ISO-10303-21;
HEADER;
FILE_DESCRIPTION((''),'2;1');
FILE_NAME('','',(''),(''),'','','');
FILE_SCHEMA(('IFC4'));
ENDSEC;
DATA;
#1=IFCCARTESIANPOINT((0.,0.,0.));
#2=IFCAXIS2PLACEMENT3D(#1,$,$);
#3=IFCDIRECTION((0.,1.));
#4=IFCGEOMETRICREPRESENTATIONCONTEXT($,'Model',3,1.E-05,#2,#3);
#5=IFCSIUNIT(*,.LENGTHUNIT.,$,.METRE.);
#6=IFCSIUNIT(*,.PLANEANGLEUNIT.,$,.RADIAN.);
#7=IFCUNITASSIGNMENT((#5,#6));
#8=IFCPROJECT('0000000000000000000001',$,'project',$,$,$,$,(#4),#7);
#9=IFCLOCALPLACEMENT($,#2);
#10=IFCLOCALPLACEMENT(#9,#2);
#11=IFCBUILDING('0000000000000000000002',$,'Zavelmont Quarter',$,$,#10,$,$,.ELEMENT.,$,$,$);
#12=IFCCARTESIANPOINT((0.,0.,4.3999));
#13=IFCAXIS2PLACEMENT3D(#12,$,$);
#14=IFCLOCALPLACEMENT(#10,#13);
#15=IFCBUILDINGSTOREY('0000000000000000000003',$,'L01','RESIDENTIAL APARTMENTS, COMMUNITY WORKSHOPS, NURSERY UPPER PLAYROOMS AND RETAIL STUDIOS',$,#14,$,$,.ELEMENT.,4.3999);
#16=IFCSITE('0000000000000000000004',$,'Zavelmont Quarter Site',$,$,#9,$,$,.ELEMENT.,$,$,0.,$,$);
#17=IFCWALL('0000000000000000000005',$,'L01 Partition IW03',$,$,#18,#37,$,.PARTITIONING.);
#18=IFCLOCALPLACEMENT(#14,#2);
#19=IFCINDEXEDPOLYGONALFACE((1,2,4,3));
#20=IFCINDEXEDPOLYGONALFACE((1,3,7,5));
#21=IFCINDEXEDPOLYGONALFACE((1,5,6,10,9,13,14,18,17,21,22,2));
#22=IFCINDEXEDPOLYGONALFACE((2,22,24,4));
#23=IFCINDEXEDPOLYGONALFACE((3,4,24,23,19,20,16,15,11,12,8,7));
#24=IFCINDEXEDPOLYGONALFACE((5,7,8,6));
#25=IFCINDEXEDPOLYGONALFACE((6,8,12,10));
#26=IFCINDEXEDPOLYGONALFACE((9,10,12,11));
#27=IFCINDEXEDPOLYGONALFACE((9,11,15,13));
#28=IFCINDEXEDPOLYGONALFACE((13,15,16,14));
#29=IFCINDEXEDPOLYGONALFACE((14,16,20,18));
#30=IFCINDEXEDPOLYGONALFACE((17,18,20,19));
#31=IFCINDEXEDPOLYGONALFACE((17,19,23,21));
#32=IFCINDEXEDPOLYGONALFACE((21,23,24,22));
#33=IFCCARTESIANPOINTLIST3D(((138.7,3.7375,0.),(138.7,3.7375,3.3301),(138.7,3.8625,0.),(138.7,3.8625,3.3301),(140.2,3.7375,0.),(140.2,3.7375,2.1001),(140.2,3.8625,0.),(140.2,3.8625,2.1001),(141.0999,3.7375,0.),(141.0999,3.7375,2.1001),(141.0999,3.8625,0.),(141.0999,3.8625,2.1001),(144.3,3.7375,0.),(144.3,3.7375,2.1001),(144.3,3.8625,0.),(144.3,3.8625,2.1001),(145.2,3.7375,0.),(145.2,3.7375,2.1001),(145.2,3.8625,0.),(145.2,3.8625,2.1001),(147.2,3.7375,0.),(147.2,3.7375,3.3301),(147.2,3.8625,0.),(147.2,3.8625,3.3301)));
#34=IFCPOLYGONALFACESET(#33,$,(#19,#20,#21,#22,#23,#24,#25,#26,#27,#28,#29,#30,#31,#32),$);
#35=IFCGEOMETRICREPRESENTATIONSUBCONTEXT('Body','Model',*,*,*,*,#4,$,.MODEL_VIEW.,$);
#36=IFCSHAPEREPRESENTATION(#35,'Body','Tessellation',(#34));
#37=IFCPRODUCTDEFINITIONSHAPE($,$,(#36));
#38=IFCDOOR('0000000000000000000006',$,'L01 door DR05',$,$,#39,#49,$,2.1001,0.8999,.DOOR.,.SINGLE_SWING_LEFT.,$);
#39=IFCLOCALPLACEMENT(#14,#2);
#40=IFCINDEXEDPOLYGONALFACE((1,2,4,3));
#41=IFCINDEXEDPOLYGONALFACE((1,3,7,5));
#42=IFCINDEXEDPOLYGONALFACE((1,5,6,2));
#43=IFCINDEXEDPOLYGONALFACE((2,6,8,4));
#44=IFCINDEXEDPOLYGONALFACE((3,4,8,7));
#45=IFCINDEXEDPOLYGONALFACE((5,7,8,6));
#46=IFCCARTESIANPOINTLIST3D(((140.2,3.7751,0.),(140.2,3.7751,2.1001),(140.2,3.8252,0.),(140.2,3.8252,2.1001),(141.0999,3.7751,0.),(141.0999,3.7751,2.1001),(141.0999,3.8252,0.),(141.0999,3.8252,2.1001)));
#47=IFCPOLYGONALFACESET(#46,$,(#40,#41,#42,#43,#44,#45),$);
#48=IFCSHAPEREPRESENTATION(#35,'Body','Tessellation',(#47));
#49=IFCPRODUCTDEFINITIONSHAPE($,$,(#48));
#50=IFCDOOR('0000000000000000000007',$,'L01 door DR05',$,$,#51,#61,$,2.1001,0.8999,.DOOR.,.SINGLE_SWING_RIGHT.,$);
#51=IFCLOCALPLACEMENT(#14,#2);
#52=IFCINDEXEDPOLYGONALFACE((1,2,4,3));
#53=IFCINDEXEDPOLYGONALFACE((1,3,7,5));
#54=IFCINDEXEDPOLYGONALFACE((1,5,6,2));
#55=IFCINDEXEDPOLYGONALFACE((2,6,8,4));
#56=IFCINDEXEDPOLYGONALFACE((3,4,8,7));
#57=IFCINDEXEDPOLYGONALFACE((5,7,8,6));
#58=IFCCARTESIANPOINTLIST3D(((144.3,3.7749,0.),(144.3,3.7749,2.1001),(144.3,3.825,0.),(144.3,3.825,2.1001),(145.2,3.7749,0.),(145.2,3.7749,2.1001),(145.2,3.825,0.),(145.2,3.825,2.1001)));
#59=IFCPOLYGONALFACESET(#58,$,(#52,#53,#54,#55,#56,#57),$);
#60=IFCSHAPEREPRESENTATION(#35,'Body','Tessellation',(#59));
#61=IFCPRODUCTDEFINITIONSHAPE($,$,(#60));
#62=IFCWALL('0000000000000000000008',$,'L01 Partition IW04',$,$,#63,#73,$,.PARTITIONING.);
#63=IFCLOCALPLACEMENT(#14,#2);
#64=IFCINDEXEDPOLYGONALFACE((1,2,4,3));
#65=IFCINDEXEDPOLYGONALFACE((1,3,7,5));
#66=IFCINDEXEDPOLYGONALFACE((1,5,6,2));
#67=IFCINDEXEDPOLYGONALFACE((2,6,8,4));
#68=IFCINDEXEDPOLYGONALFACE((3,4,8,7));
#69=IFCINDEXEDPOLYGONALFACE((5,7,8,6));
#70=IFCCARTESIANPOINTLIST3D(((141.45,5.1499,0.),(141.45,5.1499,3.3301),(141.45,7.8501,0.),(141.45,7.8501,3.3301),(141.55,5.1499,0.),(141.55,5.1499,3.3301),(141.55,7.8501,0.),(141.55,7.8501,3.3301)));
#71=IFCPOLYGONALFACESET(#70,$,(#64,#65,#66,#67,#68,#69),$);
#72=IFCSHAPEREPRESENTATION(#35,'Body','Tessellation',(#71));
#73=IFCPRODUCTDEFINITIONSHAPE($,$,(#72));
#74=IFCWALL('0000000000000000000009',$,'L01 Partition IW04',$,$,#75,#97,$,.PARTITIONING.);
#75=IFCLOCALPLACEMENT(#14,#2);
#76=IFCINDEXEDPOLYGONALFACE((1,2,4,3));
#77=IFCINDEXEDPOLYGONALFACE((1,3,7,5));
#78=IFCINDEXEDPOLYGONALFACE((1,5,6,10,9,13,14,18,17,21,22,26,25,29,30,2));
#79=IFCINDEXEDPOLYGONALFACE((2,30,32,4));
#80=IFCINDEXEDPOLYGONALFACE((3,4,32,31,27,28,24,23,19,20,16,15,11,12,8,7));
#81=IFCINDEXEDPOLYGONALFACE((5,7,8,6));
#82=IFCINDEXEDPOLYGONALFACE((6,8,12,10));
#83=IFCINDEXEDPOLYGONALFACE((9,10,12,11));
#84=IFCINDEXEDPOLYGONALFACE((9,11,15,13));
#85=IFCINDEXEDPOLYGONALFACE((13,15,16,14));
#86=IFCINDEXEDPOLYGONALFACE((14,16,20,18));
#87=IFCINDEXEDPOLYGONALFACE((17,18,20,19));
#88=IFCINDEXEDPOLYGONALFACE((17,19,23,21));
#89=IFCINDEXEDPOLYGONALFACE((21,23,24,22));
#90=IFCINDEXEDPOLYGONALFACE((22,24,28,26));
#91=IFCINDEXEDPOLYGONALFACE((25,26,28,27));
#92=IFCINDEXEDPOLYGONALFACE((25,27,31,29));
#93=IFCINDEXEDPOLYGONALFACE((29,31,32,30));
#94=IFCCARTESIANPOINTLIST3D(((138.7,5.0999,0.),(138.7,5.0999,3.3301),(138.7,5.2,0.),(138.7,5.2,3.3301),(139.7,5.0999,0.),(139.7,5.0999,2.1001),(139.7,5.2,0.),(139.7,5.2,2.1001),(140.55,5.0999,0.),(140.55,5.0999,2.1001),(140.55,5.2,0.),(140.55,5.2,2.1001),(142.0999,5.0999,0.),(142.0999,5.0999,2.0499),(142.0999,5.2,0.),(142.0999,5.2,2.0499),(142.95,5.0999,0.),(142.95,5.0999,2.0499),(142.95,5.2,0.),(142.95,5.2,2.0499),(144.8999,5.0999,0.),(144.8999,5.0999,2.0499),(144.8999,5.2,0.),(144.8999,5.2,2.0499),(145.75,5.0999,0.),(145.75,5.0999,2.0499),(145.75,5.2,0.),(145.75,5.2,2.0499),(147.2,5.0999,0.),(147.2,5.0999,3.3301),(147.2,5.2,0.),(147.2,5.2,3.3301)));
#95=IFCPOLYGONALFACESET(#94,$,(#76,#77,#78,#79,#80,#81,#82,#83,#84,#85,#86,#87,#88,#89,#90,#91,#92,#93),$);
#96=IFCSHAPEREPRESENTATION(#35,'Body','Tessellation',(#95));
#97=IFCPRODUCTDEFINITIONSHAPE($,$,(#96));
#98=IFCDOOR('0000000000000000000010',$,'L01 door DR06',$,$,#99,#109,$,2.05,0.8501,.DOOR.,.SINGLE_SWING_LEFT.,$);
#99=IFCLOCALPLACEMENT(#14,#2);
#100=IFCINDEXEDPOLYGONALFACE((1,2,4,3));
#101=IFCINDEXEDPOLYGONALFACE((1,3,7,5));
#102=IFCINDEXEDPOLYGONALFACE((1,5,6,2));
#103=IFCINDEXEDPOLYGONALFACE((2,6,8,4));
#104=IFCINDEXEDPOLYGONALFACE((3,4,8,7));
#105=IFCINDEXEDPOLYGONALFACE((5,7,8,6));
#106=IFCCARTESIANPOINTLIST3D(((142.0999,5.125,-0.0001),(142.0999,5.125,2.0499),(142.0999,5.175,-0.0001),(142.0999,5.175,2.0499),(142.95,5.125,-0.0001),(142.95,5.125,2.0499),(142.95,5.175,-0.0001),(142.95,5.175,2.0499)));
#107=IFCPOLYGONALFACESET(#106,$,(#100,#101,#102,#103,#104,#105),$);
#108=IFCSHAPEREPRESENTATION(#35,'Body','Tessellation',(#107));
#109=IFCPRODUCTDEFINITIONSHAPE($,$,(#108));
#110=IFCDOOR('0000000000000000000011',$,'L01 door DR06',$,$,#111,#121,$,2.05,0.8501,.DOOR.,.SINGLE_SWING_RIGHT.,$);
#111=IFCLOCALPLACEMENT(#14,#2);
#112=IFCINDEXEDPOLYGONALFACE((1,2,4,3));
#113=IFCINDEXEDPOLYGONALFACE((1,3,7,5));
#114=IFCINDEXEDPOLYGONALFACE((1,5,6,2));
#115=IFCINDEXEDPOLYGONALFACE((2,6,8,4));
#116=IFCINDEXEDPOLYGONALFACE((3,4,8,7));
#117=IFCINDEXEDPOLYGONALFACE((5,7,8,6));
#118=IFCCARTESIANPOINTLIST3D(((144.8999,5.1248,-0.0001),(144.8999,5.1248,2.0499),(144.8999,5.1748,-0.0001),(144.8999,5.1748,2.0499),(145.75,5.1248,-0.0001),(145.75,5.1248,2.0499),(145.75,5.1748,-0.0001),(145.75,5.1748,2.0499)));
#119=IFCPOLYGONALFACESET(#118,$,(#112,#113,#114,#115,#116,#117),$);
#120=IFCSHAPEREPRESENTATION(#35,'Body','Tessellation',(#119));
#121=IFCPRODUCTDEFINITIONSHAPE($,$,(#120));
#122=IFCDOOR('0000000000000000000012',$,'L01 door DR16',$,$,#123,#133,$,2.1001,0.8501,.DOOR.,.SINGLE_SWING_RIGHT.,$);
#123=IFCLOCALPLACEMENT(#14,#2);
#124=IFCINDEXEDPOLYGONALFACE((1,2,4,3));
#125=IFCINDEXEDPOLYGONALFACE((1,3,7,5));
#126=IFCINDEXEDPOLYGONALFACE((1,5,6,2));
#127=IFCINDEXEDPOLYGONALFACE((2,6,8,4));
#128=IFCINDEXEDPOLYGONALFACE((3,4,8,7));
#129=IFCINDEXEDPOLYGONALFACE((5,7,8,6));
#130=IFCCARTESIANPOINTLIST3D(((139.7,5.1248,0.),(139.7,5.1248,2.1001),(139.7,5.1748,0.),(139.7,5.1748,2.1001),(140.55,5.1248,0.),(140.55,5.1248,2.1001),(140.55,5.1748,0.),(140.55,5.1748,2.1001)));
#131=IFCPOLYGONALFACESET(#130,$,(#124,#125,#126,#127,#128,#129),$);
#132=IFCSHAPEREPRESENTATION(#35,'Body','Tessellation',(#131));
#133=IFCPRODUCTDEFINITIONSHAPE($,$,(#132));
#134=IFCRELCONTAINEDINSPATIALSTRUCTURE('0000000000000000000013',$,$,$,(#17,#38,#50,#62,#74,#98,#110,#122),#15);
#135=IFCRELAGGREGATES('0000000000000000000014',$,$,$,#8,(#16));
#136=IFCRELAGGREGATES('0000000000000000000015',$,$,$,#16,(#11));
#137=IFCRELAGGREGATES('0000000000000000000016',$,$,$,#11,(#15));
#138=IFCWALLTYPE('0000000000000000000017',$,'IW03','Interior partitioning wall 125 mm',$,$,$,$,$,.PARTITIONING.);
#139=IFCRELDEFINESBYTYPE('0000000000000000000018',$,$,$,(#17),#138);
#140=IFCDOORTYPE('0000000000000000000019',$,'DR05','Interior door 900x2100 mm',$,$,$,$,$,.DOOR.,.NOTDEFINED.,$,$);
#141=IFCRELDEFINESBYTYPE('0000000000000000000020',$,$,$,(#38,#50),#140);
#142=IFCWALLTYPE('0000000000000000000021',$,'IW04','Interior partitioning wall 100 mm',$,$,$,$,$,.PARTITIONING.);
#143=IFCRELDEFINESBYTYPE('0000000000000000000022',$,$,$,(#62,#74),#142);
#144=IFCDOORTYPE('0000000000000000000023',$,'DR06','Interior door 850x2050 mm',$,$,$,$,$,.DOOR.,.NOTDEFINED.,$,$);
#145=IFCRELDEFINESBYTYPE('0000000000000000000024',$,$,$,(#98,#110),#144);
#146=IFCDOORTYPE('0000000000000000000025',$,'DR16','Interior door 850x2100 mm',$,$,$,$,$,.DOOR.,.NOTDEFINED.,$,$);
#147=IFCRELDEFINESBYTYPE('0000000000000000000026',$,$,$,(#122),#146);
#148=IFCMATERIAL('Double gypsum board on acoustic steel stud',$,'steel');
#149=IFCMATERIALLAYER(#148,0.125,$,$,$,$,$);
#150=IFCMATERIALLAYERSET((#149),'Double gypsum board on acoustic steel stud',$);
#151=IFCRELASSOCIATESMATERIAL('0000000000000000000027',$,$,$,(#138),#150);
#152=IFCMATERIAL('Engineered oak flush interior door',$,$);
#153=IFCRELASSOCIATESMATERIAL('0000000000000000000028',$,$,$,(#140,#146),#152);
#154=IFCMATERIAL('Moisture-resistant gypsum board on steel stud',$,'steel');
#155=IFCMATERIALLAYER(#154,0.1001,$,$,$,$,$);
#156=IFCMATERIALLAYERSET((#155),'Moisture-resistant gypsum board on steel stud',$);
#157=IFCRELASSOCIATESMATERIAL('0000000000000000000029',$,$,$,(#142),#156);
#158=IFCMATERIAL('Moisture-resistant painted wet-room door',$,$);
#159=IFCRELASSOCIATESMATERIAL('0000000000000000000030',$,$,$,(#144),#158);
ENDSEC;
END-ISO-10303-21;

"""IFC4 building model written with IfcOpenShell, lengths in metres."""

from ifc_helpers import new_model, si_unit, direction, frame, frame_2d, origin, origin_with_axes, place, context, subcontext, project, spatial, rectangle, extrude, material, layer, layer_set, type_object, element, fill, save


model = new_model("IFC4")

# Units and contexts
model_context = context("Model", 3, precision=1e-05, world=origin(), true_north=direction((0.0, 1.0)))
body_context = subcontext(model_context, "Body", "Model", "MODEL_VIEW")
ifc_project = project(units=[si_unit("LENGTHUNIT", "METRE"), si_unit("PLANEANGLEUNIT", "RADIAN")], contexts=[model_context])

# Site, building, storey
site_placement = place(None, origin())
site = spatial("IfcSite", under=ifc_project, at=site_placement, Name="Zavelmont Quarter Site", CompositionType="ELEMENT", RefElevation=0.0)
building_placement = place(site_placement, origin())
building = spatial("IfcBuilding", under=site, at=building_placement, Name="Zavelmont Quarter", CompositionType="ELEMENT")
storey_placement = place(building_placement, frame((0.0, 0.0, 4.3999)))
storey = spatial("IfcBuildingStorey", under=building, at=storey_placement, Name="L01", Description="RESIDENTIAL APARTMENTS, COMMUNITY WORKSHOPS, NURSERY UPPER PLAYROOMS AND RETAIL STUDIOS", CompositionType="ELEMENT", Elevation=4.3999)

# Shared definitions
ifc_material_1 = material(Name="Double gypsum board on acoustic steel stud", Category="steel")
ifc_layer_1 = layer(ifc_material_1, 0.125)
ifc_layer_set_1 = layer_set([ifc_layer_1], Name="Double gypsum board on acoustic steel stud")
wall_type_1 = type_object("IfcWallType", Name="IW03", Description="Interior partitioning wall 125 mm", PredefinedType="PARTITIONING", material=ifc_layer_set_1)
ifc_material_2 = material(Name="Engineered oak flush interior door")
door_type_1 = type_object("IfcDoorType", Name="DR05", Description="Interior door 900x2100 mm", OperationType="NOTDEFINED", PredefinedType="DOOR", material=ifc_material_2)

# Wall, openings, doors
wall_1_placement = place(storey_placement, frame((138.7, 3.8, 0.0), z_axis=(0.0, 0.0, 1.0), x_axis=(1.0, 0.0, 0.0)))
wall_1 = element("IfcWall", 1, at=wall_1_placement, inside=storey, type_object=wall_type_1, Name="L01 Partition IW03", PredefinedType="PARTITIONING", context=body_context, shape_type="SweptSolid", body=[
    extrude(rectangle(XDim=8.5, YDim=0.125, at=frame_2d((4.25, 0.0))), origin(), (0.0, 0.0, 1.0), 3.3301),
])
opening_1_placement = place(wall_1_placement, frame((1.5, 0.0, 0.0)))
opening_1 = element("IfcOpeningElement", 2, at=opening_1_placement, cuts=wall_1, PredefinedType="OPENING", context=body_context, shape_type="SweptSolid", body=[
    extrude(rectangle(XDim=0.8999, YDim=2.1001, at=frame_2d((0.45, 1.05))), frame((0.0, 0.0745, 0.0), z_axis=(0.0, -1.0, 0.0), x_axis=(1.0, 0.0, 0.0)), (0.0, 0.0, 1.0), 0.1489),
])
opening_2_placement = place(wall_1_placement, frame((5.6001, 0.0, 0.0)))
opening_2 = element("IfcOpeningElement", 3, at=opening_2_placement, cuts=wall_1, PredefinedType="OPENING", context=body_context, shape_type="SweptSolid", body=[
    extrude(rectangle(XDim=0.8999, YDim=2.1001, at=frame_2d((0.45, 1.05))), frame((0.0, 0.0745, 0.0), z_axis=(0.0, -1.0, 0.0), x_axis=(1.0, 0.0, 0.0)), (0.0, 0.0, 1.0), 0.1489),
])
door_1_placement = place(opening_1_placement, frame((0.8999, 0.0, 0.0), z_axis=(0.0, 0.0, 1.0), x_axis=(-1.0, 0.0, 0.0)))
door_1 = element("IfcDoor", 4, at=door_1_placement, inside=storey, type_object=door_type_1, Name="L01 door DR05", OperationType="SINGLE_SWING_LEFT", OverallHeight=2.1001, OverallWidth=0.8999, PredefinedType="DOOR", context=body_context, shape_type="SweptSolid", body=[
    extrude(rectangle(XDim=0.8999, YDim=2.1001, at=frame_2d((0.45, 1.05))), frame((0.0, 0.0249, 0.0), z_axis=(0.0, -1.0, 0.0), x_axis=(1.0, 0.0, 0.0)), (0.0, 0.0, 1.0), 0.05),
])
fill(opening_1, door_1)
door_2_placement = place(opening_2_placement, origin_with_axes())
door_2 = element("IfcDoor", 5, at=door_2_placement, inside=storey, type_object=door_type_1, Name="L01 door DR05", OperationType="SINGLE_SWING_RIGHT", OverallHeight=2.1001, OverallWidth=0.8999, PredefinedType="DOOR", context=body_context, shape_type="SweptSolid", body=[
    extrude(rectangle(XDim=0.8999, YDim=2.1001, at=frame_2d((0.45, 1.05))), frame((0.0, 0.0249, 0.0), z_axis=(0.0, -1.0, 0.0), x_axis=(1.0, 0.0, 0.0)), (0.0, 0.0, 1.0), 0.05),
])
fill(opening_2, door_2)

# Wall
ifc_material_3 = material(Name="Moisture-resistant gypsum board on steel stud", Category="steel")
ifc_layer_2 = layer(ifc_material_3, 0.1001)
ifc_layer_set_2 = layer_set([ifc_layer_2], Name="Moisture-resistant gypsum board on steel stud")
wall_type_2 = type_object("IfcWallType", Name="IW04", Description="Interior partitioning wall 100 mm", PredefinedType="PARTITIONING", material=ifc_layer_set_2)
wall_2_placement = place(storey_placement, frame((141.5, 7.8501, 0.0), z_axis=(0.0, 0.0, 1.0), x_axis=(0.0, -1.0, 0.0)))
element("IfcWall", 6, at=wall_2_placement, inside=storey, type_object=wall_type_2, Name="L01 Partition IW04", PredefinedType="PARTITIONING", context=body_context, shape_type="SweptSolid", body=[
    extrude(rectangle(XDim=2.7002, YDim=0.1001, at=frame_2d((1.3501, 0.0))), origin(), (0.0, 0.0, 1.0), 3.3301),
])

# Wall, openings, doors
wall_3_placement = place(storey_placement, frame((138.7, 5.1499, 0.0), z_axis=(0.0, 0.0, 1.0), x_axis=(1.0, 0.0, 0.0)))
wall_3 = element("IfcWall", 7, at=wall_3_placement, inside=storey, type_object=wall_type_2, Name="L01 Partition IW04", PredefinedType="PARTITIONING", context=body_context, shape_type="SweptSolid", body=[
    extrude(rectangle(XDim=8.5, YDim=0.1001, at=frame_2d((4.25, 0.0))), origin(), (0.0, 0.0, 1.0), 3.3301),
])
opening_3_placement = place(wall_3_placement, frame((1.0, 0.0, 0.0)))
opening_3 = element("IfcOpeningElement", 8, at=opening_3_placement, cuts=wall_3, PredefinedType="OPENING", context=body_context, shape_type="SweptSolid", body=[
    extrude(rectangle(XDim=0.8501, YDim=2.1001, at=frame_2d((0.425, 1.05))), frame((0.0, 0.062, 0.0), z_axis=(0.0, -1.0, 0.0), x_axis=(1.0, 0.0, 0.0)), (0.0, 0.0, 1.0), 0.124),
])
opening_4_placement = place(wall_3_placement, frame((3.3999, 0.0, 0.0)))
opening_4 = element("IfcOpeningElement", 9, at=opening_4_placement, cuts=wall_3, PredefinedType="OPENING", context=body_context, shape_type="SweptSolid", body=[
    extrude(rectangle(XDim=0.8501, YDim=2.05, at=frame_2d((0.425, 1.0249))), frame((0.0, 0.062, 0.0), z_axis=(0.0, -1.0, 0.0), x_axis=(1.0, 0.0, 0.0)), (0.0, 0.0, 1.0), 0.124),
])
opening_5_placement = place(wall_3_placement, frame((6.2, 0.0, 0.0)))
opening_5 = element("IfcOpeningElement", 10, at=opening_5_placement, cuts=wall_3, PredefinedType="OPENING", context=body_context, shape_type="SweptSolid", body=[
    extrude(rectangle(XDim=0.8501, YDim=2.05, at=frame_2d((0.425, 1.0249))), frame((0.0, 0.062, 0.0), z_axis=(0.0, -1.0, 0.0), x_axis=(1.0, 0.0, 0.0)), (0.0, 0.0, 1.0), 0.124),
])
ifc_material_4 = material(Name="Moisture-resistant painted wet-room door")
door_type_2 = type_object("IfcDoorType", Name="DR06", Description="Interior door 850x2050 mm", OperationType="NOTDEFINED", PredefinedType="DOOR", material=ifc_material_4)
door_3_placement = place(opening_4_placement, frame((0.8501, 0.0, 0.0), z_axis=(0.0, 0.0, 1.0), x_axis=(-1.0, 0.0, 0.0)))
door_3 = element("IfcDoor", 11, at=door_3_placement, inside=storey, type_object=door_type_2, Name="L01 door DR06", OperationType="SINGLE_SWING_LEFT", OverallHeight=2.05, OverallWidth=0.8501, PredefinedType="DOOR", context=body_context, shape_type="SweptSolid", body=[
    extrude(rectangle(XDim=0.8501, YDim=2.05, at=frame_2d((0.425, 1.0249))), frame((0.0, 0.0249, 0.0), z_axis=(0.0, -1.0, 0.0), x_axis=(1.0, 0.0, 0.0)), (0.0, 0.0, 1.0), 0.05),
])
fill(opening_4, door_3)
door_4_placement = place(opening_5_placement, origin_with_axes())
door_4 = element("IfcDoor", 12, at=door_4_placement, inside=storey, type_object=door_type_2, Name="L01 door DR06", OperationType="SINGLE_SWING_RIGHT", OverallHeight=2.05, OverallWidth=0.8501, PredefinedType="DOOR", context=body_context, shape_type="SweptSolid", body=[
    extrude(rectangle(XDim=0.8501, YDim=2.05, at=frame_2d((0.425, 1.0249))), frame((0.0, 0.0249, 0.0), z_axis=(0.0, -1.0, 0.0), x_axis=(1.0, 0.0, 0.0)), (0.0, 0.0, 1.0), 0.05),
])
fill(opening_5, door_4)
door_type_3 = type_object("IfcDoorType", Name="DR16", Description="Interior door 850x2100 mm", OperationType="NOTDEFINED", PredefinedType="DOOR", material=ifc_material_2)
door_5_placement = place(opening_3_placement, origin_with_axes())
door_5 = element("IfcDoor", 13, at=door_5_placement, inside=storey, type_object=door_type_3, Name="L01 door DR16", OperationType="SINGLE_SWING_RIGHT", OverallHeight=2.1001, OverallWidth=0.8501, PredefinedType="DOOR", context=body_context, shape_type="SweptSolid", body=[
    extrude(rectangle(XDim=0.8501, YDim=2.1001, at=frame_2d((0.425, 1.05))), frame((0.0, 0.0249, 0.0), z_axis=(0.0, -1.0, 0.0), x_axis=(1.0, 0.0, 0.0)), (0.0, 0.0, 1.0), 0.05),
])
fill(opening_3, door_5)

save(model, "model.ifc")
